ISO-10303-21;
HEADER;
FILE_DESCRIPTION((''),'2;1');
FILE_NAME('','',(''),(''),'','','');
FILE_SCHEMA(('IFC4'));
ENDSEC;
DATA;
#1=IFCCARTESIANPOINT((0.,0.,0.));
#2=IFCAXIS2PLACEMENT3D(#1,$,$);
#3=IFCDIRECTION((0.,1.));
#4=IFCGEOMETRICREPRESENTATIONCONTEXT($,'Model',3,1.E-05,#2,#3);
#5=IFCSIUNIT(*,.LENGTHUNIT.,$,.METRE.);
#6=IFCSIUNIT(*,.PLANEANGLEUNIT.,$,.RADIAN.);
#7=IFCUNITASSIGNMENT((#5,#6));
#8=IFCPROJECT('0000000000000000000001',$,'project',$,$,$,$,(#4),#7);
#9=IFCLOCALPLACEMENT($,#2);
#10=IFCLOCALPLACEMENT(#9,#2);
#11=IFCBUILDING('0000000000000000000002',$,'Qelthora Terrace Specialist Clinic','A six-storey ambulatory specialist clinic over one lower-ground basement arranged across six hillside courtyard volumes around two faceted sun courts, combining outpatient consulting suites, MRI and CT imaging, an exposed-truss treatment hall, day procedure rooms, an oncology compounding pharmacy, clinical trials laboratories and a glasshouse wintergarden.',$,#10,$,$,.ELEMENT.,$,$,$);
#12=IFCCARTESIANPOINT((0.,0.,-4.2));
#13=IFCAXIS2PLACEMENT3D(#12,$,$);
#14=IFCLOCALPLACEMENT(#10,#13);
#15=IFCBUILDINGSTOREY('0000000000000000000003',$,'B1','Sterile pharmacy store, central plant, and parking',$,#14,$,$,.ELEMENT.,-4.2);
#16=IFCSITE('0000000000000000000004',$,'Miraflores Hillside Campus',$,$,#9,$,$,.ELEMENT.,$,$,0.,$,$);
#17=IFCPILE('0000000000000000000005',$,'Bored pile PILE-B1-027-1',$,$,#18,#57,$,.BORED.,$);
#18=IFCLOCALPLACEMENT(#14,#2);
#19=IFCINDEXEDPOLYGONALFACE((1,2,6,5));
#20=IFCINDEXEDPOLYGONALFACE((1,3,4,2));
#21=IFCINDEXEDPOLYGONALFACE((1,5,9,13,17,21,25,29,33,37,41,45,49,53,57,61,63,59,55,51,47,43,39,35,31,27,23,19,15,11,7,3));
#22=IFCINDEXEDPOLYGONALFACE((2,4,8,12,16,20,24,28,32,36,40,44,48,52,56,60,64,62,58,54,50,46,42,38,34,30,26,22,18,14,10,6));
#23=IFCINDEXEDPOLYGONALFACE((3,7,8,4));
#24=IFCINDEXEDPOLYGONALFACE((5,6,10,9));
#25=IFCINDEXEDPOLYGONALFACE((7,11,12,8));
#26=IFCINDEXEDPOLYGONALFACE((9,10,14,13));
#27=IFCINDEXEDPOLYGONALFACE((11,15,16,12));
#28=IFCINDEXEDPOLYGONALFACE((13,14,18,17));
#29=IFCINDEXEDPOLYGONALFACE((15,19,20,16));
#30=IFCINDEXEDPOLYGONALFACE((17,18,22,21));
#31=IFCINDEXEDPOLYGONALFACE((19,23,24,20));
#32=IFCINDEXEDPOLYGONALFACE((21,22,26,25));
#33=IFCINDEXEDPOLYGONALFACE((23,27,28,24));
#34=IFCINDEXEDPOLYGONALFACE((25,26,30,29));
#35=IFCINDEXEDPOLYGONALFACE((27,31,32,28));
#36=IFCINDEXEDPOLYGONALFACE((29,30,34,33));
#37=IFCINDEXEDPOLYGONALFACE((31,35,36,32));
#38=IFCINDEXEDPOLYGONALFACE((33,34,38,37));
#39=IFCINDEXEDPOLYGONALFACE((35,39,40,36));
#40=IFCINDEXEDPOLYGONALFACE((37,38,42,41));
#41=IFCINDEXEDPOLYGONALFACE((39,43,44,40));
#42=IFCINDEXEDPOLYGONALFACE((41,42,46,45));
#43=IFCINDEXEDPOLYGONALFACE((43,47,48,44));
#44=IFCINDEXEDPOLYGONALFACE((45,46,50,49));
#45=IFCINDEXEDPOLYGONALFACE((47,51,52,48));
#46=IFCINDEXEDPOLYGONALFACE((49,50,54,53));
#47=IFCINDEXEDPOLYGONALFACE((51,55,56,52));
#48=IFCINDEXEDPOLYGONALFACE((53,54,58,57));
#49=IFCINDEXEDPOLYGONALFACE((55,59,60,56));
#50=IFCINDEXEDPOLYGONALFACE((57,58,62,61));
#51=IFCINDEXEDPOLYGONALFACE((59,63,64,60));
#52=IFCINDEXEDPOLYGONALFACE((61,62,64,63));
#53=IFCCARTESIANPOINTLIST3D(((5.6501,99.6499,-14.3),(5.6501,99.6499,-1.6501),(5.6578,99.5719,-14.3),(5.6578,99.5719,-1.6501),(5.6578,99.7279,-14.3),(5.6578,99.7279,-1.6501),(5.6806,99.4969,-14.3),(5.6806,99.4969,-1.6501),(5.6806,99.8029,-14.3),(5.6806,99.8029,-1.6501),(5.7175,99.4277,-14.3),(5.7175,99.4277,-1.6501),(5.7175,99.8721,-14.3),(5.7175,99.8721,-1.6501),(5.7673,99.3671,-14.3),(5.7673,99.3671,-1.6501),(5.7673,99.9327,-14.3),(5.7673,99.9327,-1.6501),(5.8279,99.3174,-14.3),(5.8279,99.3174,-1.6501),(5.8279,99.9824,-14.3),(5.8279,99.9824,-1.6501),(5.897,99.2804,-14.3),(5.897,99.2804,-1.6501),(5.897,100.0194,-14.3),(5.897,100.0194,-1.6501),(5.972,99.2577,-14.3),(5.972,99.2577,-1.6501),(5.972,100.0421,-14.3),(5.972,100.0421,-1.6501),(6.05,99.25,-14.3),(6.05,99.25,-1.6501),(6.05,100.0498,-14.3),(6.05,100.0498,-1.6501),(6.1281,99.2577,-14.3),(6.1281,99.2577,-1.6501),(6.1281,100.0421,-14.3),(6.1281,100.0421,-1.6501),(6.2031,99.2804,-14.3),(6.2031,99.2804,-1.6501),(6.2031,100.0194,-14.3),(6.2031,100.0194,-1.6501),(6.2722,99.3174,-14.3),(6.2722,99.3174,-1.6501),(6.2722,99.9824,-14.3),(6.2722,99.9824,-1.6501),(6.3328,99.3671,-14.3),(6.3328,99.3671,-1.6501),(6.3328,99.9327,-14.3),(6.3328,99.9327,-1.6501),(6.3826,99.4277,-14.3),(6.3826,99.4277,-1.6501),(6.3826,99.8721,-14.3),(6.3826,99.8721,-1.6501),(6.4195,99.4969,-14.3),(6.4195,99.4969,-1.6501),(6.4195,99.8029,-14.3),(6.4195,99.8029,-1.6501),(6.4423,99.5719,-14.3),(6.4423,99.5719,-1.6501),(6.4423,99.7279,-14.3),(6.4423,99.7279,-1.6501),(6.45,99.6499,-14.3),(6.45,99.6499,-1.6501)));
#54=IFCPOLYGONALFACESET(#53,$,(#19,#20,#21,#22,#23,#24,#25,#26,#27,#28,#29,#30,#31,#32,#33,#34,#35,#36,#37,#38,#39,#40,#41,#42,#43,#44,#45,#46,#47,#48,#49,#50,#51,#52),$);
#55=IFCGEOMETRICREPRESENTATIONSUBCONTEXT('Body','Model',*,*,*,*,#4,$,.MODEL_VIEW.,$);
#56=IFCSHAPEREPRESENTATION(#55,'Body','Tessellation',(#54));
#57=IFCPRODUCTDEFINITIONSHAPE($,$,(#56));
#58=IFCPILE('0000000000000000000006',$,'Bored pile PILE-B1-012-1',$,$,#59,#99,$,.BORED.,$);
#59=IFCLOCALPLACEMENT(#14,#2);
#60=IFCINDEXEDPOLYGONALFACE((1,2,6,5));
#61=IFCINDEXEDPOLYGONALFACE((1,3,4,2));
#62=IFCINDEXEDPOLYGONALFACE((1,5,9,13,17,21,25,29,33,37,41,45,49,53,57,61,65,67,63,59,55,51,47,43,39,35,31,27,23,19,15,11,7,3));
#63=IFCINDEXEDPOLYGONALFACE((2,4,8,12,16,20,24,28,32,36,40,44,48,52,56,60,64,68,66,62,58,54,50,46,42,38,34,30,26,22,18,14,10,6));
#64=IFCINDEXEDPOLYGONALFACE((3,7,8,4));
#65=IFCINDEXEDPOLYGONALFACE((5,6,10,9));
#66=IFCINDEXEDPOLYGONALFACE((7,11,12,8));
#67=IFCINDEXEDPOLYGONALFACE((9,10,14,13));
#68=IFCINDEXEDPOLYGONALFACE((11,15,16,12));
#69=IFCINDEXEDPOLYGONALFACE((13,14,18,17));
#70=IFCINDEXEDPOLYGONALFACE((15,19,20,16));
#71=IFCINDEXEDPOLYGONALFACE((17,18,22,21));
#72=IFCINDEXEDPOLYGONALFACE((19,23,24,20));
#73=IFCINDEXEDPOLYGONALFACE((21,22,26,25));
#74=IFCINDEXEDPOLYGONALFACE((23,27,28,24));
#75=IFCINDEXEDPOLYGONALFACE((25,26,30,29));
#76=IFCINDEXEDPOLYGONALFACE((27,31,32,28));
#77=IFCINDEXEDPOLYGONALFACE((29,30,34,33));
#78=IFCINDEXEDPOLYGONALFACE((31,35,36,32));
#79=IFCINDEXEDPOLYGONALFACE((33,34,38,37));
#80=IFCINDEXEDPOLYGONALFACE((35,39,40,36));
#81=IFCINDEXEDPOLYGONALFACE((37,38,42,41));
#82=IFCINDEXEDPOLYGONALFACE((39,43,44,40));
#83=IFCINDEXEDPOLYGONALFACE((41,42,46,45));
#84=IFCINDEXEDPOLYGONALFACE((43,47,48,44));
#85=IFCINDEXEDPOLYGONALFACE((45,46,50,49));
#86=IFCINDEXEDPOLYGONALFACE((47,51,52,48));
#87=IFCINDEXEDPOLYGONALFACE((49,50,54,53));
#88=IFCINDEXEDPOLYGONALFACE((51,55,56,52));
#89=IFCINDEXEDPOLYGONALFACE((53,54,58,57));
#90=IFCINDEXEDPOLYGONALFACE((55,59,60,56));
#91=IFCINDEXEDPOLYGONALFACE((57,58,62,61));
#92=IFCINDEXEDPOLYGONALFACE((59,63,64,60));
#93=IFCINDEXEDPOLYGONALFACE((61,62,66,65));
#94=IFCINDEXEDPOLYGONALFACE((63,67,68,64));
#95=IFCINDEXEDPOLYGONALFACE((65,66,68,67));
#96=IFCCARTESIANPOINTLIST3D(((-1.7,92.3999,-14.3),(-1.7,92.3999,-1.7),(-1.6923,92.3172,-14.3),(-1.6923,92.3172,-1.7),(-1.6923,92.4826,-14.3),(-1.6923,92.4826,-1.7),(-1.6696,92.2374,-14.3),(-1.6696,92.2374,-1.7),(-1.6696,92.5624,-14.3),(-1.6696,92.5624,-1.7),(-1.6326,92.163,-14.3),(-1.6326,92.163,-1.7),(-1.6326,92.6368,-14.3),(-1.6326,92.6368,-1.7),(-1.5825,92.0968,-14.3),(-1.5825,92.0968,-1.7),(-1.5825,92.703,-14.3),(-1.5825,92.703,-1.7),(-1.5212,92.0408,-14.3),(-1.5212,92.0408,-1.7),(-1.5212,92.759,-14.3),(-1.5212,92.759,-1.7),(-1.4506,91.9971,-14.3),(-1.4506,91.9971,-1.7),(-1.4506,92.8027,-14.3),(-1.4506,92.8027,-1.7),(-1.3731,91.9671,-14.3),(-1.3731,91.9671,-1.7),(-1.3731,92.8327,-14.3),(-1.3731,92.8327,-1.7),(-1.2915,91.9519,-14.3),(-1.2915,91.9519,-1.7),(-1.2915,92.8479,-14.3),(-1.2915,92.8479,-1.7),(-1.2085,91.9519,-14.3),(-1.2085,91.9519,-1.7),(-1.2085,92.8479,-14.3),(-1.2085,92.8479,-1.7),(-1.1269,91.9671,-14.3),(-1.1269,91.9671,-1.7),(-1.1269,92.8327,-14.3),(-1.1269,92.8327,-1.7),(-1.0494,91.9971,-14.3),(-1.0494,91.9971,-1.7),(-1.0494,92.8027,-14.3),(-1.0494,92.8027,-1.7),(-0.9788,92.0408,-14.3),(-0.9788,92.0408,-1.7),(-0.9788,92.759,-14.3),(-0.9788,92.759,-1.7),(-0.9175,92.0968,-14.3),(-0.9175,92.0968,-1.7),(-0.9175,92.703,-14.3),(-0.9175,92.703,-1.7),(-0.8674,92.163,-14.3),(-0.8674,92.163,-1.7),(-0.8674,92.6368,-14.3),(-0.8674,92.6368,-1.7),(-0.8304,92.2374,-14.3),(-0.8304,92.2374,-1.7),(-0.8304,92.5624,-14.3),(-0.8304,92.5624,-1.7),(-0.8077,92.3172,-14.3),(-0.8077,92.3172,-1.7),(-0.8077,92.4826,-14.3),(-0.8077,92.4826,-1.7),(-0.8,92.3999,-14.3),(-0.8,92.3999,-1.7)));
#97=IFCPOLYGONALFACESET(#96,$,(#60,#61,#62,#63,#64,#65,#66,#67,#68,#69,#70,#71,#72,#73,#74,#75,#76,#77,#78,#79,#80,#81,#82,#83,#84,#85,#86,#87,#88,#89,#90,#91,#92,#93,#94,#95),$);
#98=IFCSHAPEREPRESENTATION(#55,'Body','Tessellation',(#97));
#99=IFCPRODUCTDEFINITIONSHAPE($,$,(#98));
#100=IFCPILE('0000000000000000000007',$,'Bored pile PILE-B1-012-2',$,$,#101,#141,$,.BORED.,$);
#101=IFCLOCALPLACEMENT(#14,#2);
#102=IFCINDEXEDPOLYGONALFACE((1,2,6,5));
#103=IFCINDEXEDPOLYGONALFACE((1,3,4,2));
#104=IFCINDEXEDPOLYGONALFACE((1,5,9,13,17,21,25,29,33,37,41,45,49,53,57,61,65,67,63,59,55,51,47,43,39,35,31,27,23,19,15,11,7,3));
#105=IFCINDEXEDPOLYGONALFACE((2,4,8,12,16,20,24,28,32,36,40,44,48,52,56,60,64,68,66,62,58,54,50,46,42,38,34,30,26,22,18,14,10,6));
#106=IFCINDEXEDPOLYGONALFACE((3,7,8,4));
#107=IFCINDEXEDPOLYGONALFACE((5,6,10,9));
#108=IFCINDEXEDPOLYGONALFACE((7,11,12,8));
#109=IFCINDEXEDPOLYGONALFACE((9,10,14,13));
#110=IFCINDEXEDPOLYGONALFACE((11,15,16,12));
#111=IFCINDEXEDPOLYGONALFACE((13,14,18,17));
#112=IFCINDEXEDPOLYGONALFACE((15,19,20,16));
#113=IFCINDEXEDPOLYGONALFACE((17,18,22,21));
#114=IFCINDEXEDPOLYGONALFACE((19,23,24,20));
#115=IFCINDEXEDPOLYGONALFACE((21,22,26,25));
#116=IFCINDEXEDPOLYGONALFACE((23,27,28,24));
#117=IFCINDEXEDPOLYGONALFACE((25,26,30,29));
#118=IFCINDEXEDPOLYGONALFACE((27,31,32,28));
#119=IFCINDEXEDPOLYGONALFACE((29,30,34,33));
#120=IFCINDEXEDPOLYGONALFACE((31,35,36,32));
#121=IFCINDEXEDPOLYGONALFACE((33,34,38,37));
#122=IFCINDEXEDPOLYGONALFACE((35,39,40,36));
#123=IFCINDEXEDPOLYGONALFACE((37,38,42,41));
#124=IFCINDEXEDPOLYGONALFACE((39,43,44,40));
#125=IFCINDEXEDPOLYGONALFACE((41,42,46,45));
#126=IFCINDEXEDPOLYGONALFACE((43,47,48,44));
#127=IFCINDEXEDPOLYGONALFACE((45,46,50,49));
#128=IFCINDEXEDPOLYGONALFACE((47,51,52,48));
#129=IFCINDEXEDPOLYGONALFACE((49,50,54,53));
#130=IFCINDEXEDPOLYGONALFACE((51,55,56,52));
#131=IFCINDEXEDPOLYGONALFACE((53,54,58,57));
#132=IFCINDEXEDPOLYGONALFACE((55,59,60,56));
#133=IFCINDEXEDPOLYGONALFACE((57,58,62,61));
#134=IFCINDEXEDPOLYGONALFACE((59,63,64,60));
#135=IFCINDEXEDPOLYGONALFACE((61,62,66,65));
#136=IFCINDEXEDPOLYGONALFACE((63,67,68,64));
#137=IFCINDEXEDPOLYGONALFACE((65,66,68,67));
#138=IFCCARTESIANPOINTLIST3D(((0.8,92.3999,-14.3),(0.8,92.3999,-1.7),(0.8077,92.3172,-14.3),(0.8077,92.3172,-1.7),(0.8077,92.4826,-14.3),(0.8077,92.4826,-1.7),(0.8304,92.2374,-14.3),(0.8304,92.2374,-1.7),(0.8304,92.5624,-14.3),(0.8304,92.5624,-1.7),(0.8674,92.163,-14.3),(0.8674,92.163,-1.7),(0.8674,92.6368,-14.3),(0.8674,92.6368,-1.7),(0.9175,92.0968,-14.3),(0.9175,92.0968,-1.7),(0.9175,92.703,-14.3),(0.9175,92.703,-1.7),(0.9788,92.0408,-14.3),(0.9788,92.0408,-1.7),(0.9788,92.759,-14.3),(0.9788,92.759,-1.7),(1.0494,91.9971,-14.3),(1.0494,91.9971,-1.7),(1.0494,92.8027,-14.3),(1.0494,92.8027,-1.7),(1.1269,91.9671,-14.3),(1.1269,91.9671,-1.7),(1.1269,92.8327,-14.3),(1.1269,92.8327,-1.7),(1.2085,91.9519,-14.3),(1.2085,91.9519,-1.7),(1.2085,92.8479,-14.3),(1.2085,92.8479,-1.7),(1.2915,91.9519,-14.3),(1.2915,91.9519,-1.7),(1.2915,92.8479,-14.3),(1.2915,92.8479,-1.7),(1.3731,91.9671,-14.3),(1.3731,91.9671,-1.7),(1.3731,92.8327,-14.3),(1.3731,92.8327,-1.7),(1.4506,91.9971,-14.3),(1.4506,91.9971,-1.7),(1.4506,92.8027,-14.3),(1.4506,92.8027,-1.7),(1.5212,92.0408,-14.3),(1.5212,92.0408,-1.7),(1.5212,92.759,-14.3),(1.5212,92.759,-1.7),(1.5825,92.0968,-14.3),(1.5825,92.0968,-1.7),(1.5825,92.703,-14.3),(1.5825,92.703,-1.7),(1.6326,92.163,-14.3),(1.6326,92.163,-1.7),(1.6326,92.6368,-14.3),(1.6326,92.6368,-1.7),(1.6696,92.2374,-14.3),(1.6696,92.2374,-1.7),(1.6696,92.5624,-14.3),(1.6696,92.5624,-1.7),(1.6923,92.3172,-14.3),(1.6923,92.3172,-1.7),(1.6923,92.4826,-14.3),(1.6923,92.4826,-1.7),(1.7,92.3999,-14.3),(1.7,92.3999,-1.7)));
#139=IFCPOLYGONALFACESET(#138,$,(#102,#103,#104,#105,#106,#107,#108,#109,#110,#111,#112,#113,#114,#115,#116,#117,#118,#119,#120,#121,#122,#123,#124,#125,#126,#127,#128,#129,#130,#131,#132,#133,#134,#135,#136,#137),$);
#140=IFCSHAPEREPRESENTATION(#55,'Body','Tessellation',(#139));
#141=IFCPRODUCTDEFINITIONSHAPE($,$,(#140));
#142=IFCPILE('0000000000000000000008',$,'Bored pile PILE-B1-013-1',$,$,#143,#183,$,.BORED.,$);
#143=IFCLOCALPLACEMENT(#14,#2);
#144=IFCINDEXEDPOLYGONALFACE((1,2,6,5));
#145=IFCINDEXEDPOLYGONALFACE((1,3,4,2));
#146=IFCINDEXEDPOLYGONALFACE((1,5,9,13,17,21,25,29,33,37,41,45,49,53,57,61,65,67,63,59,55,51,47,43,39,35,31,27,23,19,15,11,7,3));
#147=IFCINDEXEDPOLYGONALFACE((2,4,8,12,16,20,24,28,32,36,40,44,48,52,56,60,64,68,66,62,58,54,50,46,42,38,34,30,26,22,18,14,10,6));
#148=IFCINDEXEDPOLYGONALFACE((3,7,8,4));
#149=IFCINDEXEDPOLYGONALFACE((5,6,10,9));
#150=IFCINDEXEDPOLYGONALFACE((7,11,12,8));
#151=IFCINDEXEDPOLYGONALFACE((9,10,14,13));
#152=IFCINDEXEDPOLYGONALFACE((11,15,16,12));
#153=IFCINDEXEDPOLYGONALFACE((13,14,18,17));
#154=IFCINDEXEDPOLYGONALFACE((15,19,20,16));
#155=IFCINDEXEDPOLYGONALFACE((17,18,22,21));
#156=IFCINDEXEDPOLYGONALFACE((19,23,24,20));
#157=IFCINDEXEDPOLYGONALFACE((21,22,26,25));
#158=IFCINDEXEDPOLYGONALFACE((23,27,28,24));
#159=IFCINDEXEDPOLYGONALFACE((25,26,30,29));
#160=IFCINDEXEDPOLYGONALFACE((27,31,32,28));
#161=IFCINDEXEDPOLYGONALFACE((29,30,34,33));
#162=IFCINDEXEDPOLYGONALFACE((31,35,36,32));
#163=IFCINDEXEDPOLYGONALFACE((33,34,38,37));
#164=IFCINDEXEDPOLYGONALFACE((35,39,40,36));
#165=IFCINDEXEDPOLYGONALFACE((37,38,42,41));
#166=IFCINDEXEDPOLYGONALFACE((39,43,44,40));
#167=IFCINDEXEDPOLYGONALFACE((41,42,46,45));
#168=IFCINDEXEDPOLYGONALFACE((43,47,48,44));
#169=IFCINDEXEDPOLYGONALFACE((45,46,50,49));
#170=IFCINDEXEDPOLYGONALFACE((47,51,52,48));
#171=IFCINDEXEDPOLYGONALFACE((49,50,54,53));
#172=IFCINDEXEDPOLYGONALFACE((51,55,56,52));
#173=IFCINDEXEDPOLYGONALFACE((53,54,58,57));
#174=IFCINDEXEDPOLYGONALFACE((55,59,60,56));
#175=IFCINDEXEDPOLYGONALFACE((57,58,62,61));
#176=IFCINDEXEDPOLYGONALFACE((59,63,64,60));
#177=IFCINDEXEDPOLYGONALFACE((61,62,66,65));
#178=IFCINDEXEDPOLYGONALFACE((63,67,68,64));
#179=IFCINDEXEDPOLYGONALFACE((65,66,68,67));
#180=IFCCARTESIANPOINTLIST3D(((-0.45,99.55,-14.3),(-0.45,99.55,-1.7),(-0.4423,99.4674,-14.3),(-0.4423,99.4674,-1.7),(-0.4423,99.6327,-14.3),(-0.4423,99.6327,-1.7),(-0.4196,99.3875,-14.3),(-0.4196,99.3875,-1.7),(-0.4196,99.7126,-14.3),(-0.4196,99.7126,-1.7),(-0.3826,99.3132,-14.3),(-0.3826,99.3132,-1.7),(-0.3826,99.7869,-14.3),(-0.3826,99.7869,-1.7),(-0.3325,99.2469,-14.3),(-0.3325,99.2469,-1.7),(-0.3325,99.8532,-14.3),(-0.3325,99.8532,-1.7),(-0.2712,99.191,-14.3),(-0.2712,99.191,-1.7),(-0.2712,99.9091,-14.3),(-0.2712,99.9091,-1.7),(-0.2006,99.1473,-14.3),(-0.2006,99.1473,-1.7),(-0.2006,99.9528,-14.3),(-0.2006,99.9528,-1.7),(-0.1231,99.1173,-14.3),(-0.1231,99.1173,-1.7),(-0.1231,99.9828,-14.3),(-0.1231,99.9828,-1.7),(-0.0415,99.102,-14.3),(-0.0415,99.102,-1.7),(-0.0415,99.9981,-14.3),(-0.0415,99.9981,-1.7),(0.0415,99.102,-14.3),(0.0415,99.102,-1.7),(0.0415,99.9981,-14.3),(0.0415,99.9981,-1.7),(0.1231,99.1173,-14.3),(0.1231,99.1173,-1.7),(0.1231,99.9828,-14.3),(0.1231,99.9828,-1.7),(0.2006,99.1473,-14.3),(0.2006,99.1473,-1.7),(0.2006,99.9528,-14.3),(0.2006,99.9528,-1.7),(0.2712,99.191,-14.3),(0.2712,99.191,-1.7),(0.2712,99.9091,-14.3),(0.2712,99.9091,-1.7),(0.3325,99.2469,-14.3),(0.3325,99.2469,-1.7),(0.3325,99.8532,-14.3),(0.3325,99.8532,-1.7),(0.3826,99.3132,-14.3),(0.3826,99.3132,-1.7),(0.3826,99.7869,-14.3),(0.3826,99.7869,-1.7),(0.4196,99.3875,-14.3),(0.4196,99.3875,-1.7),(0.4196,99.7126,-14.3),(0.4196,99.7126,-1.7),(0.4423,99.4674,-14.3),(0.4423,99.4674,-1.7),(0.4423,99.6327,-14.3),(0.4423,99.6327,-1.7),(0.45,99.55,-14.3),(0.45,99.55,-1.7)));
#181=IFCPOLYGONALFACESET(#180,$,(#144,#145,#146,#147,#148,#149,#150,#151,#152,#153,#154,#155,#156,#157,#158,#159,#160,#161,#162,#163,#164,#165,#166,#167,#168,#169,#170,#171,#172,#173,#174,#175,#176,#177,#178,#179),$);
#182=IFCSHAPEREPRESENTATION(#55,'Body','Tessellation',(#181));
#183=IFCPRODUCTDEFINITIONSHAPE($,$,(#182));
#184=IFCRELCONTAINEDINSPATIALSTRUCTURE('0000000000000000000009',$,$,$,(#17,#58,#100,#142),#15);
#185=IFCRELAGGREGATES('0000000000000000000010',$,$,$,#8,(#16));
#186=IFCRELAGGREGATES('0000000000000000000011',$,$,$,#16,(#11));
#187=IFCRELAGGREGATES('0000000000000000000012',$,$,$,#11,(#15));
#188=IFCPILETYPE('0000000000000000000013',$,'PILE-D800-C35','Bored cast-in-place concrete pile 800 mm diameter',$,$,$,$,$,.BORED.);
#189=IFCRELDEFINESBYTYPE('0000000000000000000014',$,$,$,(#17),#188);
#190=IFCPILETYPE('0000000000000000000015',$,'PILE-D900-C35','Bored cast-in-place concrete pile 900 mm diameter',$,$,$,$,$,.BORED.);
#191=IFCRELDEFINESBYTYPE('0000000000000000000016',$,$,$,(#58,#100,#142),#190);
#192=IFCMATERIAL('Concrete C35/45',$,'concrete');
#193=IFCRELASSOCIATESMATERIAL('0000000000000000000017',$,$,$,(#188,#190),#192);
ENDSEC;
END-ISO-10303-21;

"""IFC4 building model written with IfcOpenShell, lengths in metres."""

from ifc_helpers import new_model, si_unit, direction, frame, origin, origin_2d, place, context, subcontext, project, spatial, circle, extrude, material, material_profile, profile_set, type_object, element, save


model = new_model("IFC4")

# Units and contexts
model_context = context("Model", 3, precision=1e-05, world=origin(), true_north=direction((0.0, 1.0)))
body_context = subcontext(model_context, "Body", "Model", "MODEL_VIEW")
ifc_project = project(units=[si_unit("LENGTHUNIT", "METRE"), si_unit("PLANEANGLEUNIT", "RADIAN")], contexts=[model_context])

# Site, building, storey
site_placement = place(None, origin())
site = spatial("IfcSite", under=ifc_project, at=site_placement, Name="Miraflores Hillside Campus", CompositionType="ELEMENT", RefElevation=0.0)
building_placement = place(site_placement, origin())
building = spatial("IfcBuilding", under=site, at=building_placement, Name="Qelthora Terrace Specialist Clinic", Description="A six-storey ambulatory specialist clinic over one lower-ground basement arranged across six hillside courtyard volumes around two faceted sun courts, combining outpatient consulting suites, MRI and CT imaging, an exposed-truss treatment hall, day procedure rooms, an oncology compounding pharmacy, clinical trials laboratories and a glasshouse wintergarden.", CompositionType="ELEMENT")
storey_placement = place(building_placement, frame((0.0, 0.0, -4.2)))
storey = spatial("IfcBuildingStorey", under=building, at=storey_placement, Name="B1", Description="Sterile pharmacy store, central plant, and parking", CompositionType="ELEMENT", Elevation=-4.2)

# Shared definitions
ifc_material_1 = material(Name="Concrete C35/45", Category="concrete")

# Piles
ifc_material_profile_1 = material_profile(ifc_material_1, circle(Radius=0.3999, at=origin_2d()), Name="PILE800")
ifc_profile_set_1 = profile_set([ifc_material_profile_1], Name="Concrete C35/45")
pile_type_1 = type_object("IfcPileType", Name="PILE-D800-C35", Description="Bored cast-in-place concrete pile 800 mm diameter", PredefinedType="BORED", material=ifc_profile_set_1)
pile_1_placement = place(storey_placement, frame((6.05, 99.6499, -1.6501), z_axis=(0.0, 0.0, -1.0), x_axis=(1.0, 0.0, 0.0)))
element("IfcPile", 1, at=pile_1_placement, inside=storey, type_object=pile_type_1, Name="Bored pile PILE-B1-027-1", PredefinedType="BORED", context=body_context, shape_type="SweptSolid", body=[
    extrude(circle(Radius=0.3999, at=origin_2d()), origin(), (0.0, 0.0, 1.0), 12.6499),
])
ifc_material_profile_2 = material_profile(ifc_material_1, circle(Radius=0.45, at=origin_2d()), Name="PILE900")
ifc_profile_set_2 = profile_set([ifc_material_profile_2], Name="Concrete C35/45")
pile_type_2 = type_object("IfcPileType", Name="PILE-D900-C35", Description="Bored cast-in-place concrete pile 900 mm diameter", PredefinedType="BORED", material=ifc_profile_set_2)
for number, where, z_axis, x_axis, name in (
    (2, (-1.25, 92.3999, -1.7), (0.0, 0.0, -1.0), (1.0, 0.0, 0.0), "Bored pile PILE-B1-012-1"),
    (3, (1.25, 92.3999, -1.7), (0.0, 0.0, -1.0), (1.0, 0.0, 0.0), "Bored pile PILE-B1-012-2"),
    (4, (0.0, 99.55, -1.7), (0.0, 0.0, -1.0), (1.0, 0.0, 0.0), "Bored pile PILE-B1-013-1"),
):
    element("IfcPile", number, at=place(storey_placement, frame(where, z_axis=z_axis, x_axis=x_axis)), inside=storey, type_object=pile_type_2, Name=name, PredefinedType="BORED", context=body_context, shape_type="SweptSolid", body=[
        extrude(circle(Radius=0.45, at=origin_2d()), origin(), (0.0, 0.0, 1.0), 12.6001),
    ])

save(model, "model.ifc")
